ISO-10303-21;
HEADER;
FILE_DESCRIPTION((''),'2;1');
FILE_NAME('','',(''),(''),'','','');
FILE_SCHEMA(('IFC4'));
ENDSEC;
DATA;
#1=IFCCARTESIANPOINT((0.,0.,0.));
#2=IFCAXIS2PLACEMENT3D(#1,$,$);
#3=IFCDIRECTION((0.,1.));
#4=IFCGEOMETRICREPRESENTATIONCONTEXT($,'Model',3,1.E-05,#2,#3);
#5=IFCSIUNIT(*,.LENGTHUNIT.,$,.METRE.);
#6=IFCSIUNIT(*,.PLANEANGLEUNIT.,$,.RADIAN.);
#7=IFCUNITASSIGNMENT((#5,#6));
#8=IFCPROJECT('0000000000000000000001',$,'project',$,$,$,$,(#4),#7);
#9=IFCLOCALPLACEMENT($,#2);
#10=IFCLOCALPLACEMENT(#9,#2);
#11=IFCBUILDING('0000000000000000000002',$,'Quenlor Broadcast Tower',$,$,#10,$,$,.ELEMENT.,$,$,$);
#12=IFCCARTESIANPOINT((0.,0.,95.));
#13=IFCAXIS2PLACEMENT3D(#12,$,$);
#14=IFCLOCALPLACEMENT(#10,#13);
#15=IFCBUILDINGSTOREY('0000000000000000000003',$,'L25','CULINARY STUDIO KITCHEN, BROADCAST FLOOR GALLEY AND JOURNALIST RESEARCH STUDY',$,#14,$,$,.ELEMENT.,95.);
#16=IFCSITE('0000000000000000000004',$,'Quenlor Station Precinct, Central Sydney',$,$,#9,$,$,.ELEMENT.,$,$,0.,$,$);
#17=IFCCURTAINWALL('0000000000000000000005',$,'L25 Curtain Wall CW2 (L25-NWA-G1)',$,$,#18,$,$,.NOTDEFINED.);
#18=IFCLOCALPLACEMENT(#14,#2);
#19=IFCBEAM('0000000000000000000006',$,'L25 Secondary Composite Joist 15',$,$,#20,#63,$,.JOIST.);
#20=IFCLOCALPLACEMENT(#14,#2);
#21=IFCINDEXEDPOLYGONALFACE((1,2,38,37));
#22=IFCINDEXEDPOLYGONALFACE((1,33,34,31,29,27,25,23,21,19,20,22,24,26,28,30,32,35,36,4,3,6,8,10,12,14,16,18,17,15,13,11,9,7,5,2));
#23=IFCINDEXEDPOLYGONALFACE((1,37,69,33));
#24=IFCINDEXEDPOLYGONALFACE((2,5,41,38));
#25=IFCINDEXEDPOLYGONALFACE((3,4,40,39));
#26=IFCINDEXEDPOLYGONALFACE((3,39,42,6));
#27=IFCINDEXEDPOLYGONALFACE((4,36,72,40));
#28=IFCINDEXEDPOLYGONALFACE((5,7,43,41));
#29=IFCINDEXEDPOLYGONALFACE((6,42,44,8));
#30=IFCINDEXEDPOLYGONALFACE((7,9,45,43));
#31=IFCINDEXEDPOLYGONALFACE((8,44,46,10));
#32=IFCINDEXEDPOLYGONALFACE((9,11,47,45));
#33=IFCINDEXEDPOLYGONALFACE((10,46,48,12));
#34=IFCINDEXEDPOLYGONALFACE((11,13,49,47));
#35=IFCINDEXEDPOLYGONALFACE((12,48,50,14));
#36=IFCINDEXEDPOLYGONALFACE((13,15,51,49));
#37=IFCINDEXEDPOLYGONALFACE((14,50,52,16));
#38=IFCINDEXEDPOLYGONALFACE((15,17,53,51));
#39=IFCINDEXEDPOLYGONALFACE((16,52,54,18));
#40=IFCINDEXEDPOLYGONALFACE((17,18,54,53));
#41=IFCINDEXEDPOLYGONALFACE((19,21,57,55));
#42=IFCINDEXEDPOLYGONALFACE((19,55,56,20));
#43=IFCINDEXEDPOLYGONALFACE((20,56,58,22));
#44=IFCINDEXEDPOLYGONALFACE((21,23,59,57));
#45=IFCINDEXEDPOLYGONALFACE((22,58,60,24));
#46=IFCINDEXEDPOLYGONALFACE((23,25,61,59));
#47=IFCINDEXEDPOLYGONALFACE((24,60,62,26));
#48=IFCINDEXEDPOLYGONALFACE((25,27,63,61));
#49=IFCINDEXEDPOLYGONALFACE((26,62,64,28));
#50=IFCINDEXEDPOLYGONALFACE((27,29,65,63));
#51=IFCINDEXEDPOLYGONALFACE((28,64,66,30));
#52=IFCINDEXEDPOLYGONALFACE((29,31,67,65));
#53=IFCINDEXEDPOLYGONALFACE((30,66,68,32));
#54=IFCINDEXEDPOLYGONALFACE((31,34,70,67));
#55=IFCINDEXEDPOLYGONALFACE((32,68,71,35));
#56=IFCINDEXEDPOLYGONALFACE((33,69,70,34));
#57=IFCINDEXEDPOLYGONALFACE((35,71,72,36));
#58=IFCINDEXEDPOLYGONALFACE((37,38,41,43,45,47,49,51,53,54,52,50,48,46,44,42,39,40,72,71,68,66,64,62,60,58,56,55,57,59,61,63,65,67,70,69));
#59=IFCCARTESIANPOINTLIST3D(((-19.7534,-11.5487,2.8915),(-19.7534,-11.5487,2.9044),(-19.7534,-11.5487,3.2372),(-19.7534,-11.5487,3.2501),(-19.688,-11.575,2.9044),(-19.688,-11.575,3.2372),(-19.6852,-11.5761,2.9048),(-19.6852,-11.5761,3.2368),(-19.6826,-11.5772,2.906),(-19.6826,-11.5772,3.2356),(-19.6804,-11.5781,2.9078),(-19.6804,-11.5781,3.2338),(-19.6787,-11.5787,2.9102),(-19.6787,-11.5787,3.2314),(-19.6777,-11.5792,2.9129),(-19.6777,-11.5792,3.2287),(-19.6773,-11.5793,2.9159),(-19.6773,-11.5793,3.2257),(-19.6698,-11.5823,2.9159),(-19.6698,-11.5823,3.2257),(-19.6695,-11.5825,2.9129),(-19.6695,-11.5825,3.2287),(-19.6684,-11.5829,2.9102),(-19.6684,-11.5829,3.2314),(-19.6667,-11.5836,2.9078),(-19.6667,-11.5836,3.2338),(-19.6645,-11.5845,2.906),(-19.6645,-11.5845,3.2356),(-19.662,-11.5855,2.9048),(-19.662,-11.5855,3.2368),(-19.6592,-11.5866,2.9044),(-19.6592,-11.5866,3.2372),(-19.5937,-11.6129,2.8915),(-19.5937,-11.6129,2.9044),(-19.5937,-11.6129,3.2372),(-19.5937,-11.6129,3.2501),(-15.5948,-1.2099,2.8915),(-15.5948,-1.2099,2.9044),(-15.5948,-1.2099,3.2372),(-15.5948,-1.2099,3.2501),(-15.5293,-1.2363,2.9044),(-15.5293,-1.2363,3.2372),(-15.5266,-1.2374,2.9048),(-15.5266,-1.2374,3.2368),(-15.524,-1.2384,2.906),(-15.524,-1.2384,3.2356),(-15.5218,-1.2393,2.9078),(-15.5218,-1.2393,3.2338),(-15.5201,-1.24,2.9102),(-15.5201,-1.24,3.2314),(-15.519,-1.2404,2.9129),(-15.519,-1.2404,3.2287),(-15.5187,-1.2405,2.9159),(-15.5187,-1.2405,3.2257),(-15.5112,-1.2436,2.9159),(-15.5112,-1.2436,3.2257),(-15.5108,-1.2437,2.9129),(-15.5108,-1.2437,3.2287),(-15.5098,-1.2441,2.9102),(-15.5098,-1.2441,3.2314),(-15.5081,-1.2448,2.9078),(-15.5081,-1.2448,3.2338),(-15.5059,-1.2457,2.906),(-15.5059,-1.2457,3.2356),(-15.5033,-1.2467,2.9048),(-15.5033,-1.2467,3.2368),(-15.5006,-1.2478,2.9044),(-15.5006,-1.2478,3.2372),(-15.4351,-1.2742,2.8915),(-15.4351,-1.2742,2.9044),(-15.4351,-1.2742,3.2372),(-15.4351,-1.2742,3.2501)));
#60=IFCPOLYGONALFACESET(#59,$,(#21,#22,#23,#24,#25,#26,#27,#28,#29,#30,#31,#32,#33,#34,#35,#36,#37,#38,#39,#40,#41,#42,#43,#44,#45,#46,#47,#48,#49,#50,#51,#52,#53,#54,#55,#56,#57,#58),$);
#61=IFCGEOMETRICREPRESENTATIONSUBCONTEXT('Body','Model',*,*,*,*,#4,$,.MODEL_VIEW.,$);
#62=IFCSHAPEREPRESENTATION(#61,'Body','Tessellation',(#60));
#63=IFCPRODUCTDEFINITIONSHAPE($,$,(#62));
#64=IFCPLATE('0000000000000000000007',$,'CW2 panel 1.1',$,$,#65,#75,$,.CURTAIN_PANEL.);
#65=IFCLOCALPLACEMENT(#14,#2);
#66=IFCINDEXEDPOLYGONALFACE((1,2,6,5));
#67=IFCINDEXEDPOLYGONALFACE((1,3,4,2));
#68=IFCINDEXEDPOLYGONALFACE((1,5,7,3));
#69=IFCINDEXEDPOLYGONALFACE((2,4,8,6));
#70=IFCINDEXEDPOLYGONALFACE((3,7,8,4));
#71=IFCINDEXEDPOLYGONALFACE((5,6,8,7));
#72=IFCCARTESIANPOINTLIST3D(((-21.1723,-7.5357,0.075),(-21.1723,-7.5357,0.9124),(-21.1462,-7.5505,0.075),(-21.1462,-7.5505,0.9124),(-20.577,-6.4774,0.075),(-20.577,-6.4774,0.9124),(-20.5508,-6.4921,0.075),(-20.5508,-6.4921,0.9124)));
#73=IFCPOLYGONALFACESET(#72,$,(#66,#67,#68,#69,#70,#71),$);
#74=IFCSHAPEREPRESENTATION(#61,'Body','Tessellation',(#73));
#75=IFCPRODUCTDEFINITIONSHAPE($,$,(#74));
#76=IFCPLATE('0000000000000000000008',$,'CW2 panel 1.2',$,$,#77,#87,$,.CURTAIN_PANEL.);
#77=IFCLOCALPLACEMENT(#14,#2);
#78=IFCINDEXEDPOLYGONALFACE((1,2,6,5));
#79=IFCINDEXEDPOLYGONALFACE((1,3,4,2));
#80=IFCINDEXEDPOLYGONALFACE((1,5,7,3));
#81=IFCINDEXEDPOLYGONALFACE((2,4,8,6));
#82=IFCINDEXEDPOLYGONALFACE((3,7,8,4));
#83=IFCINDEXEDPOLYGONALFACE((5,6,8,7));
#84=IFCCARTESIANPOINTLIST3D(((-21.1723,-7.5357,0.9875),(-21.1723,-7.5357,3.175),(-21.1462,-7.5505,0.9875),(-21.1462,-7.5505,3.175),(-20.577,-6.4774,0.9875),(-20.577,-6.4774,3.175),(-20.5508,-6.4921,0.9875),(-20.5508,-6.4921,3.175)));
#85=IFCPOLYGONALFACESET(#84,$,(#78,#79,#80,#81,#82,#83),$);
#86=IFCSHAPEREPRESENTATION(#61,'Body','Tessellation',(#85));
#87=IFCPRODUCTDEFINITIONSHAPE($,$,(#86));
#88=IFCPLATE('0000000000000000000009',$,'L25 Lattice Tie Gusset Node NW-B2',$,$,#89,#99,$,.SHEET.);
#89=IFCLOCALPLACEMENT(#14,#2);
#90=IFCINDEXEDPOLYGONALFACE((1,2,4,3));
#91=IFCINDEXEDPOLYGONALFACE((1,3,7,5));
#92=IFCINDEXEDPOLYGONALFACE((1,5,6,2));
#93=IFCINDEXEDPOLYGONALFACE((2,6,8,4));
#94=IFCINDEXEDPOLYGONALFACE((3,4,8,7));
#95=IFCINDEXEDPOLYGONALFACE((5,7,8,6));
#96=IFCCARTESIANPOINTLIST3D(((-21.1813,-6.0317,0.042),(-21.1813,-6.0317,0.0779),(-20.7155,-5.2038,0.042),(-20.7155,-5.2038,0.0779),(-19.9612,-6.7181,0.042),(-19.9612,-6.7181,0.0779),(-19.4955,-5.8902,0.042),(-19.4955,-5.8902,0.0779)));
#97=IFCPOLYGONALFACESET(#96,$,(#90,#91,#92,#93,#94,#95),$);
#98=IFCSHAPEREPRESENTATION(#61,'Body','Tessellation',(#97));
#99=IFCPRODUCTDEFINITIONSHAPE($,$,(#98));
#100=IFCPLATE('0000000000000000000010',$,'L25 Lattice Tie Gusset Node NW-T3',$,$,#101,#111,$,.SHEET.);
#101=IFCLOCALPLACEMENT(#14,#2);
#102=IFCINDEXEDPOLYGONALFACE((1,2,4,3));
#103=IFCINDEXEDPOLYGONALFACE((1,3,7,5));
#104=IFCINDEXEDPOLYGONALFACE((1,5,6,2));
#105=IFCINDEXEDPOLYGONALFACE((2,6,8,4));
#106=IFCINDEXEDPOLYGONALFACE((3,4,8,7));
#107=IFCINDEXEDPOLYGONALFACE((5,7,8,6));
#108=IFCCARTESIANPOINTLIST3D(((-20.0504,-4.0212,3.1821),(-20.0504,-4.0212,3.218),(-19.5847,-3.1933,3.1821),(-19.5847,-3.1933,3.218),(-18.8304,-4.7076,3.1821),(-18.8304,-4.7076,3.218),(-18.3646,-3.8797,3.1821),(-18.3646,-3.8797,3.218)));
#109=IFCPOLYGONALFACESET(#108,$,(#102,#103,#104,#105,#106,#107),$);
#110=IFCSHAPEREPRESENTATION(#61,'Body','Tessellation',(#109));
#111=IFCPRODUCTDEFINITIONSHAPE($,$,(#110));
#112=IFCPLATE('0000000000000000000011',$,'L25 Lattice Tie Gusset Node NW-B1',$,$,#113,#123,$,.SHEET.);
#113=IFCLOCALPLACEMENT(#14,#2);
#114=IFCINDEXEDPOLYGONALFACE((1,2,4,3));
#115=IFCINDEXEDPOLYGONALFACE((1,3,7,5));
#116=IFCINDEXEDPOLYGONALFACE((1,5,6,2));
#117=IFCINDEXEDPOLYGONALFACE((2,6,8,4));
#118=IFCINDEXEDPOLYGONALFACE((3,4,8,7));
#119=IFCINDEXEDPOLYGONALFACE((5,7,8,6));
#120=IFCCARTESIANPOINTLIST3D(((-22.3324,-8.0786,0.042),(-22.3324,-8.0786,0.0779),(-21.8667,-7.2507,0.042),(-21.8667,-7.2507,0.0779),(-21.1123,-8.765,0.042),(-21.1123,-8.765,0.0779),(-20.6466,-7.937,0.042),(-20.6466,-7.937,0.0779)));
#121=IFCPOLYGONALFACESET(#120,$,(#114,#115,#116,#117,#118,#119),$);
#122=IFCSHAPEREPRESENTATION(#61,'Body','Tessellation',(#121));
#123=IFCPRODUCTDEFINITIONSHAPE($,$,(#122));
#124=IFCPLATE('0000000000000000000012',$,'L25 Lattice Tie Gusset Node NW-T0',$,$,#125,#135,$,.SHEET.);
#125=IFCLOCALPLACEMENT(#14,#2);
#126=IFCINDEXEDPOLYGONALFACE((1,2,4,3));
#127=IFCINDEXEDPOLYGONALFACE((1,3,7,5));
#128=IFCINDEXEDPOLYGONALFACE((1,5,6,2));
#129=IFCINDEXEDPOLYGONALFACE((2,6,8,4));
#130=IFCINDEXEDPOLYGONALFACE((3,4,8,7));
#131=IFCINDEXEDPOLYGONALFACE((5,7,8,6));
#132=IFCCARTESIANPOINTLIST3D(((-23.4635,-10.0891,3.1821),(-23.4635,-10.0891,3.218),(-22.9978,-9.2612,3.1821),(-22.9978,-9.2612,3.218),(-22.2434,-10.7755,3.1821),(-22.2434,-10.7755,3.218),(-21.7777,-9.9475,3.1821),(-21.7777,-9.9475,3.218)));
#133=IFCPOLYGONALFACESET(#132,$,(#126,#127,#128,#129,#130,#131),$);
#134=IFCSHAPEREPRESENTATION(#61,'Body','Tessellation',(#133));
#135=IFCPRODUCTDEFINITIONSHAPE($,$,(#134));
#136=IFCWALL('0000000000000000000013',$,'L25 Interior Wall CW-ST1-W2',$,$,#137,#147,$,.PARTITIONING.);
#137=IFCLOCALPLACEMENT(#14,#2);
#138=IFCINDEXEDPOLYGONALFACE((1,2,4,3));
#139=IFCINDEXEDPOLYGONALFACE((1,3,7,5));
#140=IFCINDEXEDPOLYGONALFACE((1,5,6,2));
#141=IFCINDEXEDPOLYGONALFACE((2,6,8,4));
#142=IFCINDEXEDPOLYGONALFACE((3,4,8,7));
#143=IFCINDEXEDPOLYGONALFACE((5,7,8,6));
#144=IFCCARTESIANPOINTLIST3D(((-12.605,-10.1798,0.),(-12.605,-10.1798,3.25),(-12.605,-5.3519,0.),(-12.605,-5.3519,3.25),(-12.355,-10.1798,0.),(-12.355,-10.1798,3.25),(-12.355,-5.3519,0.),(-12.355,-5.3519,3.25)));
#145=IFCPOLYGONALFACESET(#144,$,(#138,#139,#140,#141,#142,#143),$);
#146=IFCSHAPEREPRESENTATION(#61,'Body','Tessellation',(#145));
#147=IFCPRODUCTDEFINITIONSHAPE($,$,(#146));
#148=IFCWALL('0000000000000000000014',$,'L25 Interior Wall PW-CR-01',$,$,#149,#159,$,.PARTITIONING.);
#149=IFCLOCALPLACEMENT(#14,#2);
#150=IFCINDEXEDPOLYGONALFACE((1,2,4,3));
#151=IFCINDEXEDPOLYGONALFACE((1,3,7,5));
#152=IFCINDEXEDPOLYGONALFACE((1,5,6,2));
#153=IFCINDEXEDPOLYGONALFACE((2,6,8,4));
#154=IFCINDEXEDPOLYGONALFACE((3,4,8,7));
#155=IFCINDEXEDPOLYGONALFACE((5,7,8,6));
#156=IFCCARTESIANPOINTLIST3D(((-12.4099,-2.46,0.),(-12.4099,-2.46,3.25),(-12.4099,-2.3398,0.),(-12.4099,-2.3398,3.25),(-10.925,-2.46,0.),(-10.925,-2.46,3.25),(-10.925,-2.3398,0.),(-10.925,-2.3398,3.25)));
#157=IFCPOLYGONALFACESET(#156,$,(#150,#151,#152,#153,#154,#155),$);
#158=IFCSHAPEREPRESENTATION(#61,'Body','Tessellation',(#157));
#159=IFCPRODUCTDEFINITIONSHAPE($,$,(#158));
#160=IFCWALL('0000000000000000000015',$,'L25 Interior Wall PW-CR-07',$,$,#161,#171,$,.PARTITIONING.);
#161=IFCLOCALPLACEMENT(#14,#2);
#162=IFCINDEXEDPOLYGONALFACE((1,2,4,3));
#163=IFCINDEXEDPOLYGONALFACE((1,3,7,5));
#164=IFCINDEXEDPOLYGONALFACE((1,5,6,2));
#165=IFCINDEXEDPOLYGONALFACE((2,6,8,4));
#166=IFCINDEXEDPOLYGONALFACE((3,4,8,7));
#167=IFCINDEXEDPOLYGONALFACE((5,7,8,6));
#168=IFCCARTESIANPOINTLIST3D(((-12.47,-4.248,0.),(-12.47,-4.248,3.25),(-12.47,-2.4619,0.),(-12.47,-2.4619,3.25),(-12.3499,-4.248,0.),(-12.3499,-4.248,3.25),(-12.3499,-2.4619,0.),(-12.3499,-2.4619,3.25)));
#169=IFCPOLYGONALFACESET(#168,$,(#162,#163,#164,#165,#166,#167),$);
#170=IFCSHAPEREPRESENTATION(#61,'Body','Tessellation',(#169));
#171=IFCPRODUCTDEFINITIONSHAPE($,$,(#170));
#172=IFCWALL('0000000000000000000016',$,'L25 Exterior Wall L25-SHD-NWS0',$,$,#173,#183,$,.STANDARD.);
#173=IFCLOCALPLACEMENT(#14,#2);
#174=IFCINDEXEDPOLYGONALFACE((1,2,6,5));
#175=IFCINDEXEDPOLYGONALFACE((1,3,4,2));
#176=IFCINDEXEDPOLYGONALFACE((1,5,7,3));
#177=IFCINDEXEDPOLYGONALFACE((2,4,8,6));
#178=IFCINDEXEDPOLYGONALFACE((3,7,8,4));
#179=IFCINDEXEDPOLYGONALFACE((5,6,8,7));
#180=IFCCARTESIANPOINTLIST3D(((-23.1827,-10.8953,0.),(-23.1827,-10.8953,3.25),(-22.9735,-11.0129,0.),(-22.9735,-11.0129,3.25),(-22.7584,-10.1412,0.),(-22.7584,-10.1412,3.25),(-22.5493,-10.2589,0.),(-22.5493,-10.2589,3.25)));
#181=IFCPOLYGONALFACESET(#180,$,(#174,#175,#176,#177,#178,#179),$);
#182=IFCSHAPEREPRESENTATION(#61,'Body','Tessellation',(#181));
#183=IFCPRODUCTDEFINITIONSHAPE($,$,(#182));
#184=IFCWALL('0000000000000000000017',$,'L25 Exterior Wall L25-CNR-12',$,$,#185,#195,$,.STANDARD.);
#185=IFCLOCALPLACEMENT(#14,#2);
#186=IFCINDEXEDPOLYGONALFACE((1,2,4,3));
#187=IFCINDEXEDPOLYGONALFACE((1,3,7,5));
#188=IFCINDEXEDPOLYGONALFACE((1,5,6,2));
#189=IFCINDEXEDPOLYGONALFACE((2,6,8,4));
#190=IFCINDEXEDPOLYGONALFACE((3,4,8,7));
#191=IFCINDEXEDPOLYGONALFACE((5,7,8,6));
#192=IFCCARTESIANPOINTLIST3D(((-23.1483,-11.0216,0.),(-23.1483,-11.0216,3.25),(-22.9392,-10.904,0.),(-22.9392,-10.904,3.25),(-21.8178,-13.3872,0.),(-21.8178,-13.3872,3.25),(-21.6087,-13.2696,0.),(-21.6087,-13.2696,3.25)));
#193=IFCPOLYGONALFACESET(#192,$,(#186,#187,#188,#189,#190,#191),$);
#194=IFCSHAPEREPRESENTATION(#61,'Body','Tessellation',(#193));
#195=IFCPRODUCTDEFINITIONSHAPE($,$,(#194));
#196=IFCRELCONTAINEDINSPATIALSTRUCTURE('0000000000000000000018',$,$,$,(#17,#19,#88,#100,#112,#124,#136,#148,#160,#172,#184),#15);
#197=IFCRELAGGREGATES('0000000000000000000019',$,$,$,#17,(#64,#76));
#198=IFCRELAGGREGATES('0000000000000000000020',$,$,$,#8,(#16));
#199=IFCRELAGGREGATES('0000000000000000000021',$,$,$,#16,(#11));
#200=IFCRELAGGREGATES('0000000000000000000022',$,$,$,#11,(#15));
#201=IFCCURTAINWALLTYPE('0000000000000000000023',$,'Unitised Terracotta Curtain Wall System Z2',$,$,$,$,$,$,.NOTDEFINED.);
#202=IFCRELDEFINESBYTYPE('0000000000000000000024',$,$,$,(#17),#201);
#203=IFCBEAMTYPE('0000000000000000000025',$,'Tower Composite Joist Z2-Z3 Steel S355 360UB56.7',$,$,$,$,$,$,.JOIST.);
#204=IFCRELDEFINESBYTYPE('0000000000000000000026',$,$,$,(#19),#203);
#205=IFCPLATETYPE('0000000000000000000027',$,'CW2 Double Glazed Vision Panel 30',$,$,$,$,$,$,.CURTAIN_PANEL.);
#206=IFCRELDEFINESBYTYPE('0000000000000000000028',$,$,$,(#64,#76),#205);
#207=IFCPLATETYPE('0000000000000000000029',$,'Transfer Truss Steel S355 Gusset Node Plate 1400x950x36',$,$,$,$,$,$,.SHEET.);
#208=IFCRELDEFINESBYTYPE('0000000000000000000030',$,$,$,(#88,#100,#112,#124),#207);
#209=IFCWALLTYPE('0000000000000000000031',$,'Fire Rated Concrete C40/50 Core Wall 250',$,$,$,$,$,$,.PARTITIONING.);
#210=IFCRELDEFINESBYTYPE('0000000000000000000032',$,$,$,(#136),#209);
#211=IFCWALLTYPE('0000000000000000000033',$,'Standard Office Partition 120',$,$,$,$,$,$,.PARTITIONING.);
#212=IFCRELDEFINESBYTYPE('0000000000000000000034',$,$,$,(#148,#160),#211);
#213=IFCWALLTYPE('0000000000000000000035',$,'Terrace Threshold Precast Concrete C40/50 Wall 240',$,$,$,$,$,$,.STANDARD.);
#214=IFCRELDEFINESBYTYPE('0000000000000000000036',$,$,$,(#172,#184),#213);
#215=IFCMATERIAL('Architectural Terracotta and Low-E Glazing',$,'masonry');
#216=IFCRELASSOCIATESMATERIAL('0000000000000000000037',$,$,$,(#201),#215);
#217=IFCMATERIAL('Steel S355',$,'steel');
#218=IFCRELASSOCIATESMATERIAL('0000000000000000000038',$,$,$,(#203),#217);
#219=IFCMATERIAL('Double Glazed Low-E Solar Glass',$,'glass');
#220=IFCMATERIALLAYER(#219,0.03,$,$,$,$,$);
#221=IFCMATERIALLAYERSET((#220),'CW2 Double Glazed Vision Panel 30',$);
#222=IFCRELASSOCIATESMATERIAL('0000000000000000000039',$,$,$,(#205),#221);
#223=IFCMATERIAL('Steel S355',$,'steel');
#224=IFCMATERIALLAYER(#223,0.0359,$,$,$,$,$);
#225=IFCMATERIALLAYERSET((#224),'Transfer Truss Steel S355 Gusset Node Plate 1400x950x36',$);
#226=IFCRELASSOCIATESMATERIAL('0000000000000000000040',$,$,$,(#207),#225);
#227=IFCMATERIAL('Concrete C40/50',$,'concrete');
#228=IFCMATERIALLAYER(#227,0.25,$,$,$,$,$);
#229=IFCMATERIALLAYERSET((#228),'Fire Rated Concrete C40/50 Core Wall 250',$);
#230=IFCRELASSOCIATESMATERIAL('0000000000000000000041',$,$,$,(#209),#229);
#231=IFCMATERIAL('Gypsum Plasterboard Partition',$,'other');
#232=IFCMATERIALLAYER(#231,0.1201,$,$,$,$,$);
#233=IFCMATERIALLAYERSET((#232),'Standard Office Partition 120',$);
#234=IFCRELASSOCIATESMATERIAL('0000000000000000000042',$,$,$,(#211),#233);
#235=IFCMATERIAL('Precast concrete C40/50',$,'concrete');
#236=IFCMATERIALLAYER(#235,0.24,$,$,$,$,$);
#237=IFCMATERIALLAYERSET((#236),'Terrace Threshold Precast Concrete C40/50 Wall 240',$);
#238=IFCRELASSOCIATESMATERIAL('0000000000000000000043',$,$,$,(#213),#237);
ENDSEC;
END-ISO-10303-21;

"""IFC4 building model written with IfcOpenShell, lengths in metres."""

from ifc_helpers import new_model, si_unit, direction, frame, frame_2d, origin, origin_2d, place, context, subcontext, project, spatial, rectangle, i_section, extrude, material, layer, layer_set, material_profile, profile_set, type_object, element, aggregate, save


model = new_model("IFC4")

# Units and contexts
model_context = context("Model", 3, precision=1e-05, world=origin(), true_north=direction((0.0, 1.0)))
body_context = subcontext(model_context, "Body", "Model", "MODEL_VIEW")
ifc_project = project(units=[si_unit("LENGTHUNIT", "METRE"), si_unit("PLANEANGLEUNIT", "RADIAN")], contexts=[model_context])

# Site, building, storey
site_placement = place(None, origin())
site = spatial("IfcSite", under=ifc_project, at=site_placement, Name="Quenlor Station Precinct, Central Sydney", CompositionType="ELEMENT", RefElevation=0.0)
building_placement = place(site_placement, origin())
building = spatial("IfcBuilding", under=site, at=building_placement, Name="Quenlor Broadcast Tower", CompositionType="ELEMENT")
storey_placement = place(building_placement, frame((0.0, 0.0, 95.0)))
storey = spatial("IfcBuildingStorey", under=building, at=storey_placement, Name="L25", Description="CULINARY STUDIO KITCHEN, BROADCAST FLOOR GALLEY AND JOURNALIST RESEARCH STUDY", CompositionType="ELEMENT", Elevation=95.0)

# Curtain wall
ifc_material_1 = material(Name="Architectural Terracotta and Low-E Glazing", Category="masonry")
curtain_wall_type = type_object("IfcCurtainWallType", Name="Unitised Terracotta Curtain Wall System Z2", PredefinedType="NOTDEFINED", material=ifc_material_1)
curtain_wall_placement = place(storey_placement, origin())
curtain_wall = element("IfcCurtainWall", 1, at=curtain_wall_placement, inside=storey, type_object=curtain_wall_type, Name="L25 Curtain Wall CW2 (L25-NWA-G1)", PredefinedType="NOTDEFINED")

# Beam
ifc_material_2 = material(Name="Steel S355", Category="steel")
ifc_material_profile_1 = material_profile(ifc_material_2, i_section(OverallWidth=0.1721, OverallDepth=0.3586, WebThickness=0.0081, FlangeThickness=0.0129, FilletRadius=0.0115, at=origin_2d()))
ifc_profile_set_1 = profile_set([ifc_material_profile_1], Name="Steel S355 360UB56.7")
beam_type_1 = type_object("IfcBeamType", Name="Tower Composite Joist Z2-Z3 Steel S355 360UB56.7", PredefinedType="JOIST", material=ifc_profile_set_1)
beam_1_placement = place(storey_placement, frame((-19.6736, -11.5808, 3.0708), z_axis=(0.37318, 0.927759, 0.0), x_axis=(-0.927759, 0.37318, 0.0)))
element("IfcBeam", 2, at=beam_1_placement, inside=storey, type_object=beam_type_1, Name="L25 Secondary Composite Joist 15", PredefinedType="JOIST", context=body_context, shape_type="SweptSolid", body=[
    extrude(i_section(OverallWidth=0.1721, OverallDepth=0.3586, WebThickness=0.0081, FlangeThickness=0.0129, FilletRadius=0.0115, at=origin_2d()), origin(), (0.0, 0.0, 1.0), 11.1438),
])

# Plates
ifc_material_3 = material(Name="Double Glazed Low-E Solar Glass", Category="glass")
ifc_layer_1 = layer(ifc_material_3, 0.03)
ifc_layer_set_1 = layer_set([ifc_layer_1], Name="CW2 Double Glazed Vision Panel 30")
plate_type_1 = type_object("IfcPlateType", Name="CW2 Double Glazed Vision Panel 30", PredefinedType="CURTAIN_PANEL", material=ifc_layer_set_1)
plate_1_placement = place(storey_placement, frame((-20.8616, -7.0139, 0.075), z_axis=(0.0, 0.0, 1.0), x_axis=(0.490279, 0.871566, 0.0)))
plate_1 = element("IfcPlate", 3, at=plate_1_placement, type_object=plate_type_1, Name="CW2 panel 1.1", PredefinedType="CURTAIN_PANEL", context=body_context, shape_type="SweptSolid", body=[
    extrude(rectangle(XDim=1.2144, YDim=0.03, at=origin_2d()), origin(), (0.0, 0.0, 1.0), 0.8374),
])
plate_2_placement = place(storey_placement, frame((-20.8616, -7.0139, 0.9875), z_axis=(0.0, 0.0, 1.0), x_axis=(0.490279, 0.871566, 0.0)))
plate_2 = element("IfcPlate", 4, at=plate_2_placement, type_object=plate_type_1, Name="CW2 panel 1.2", PredefinedType="CURTAIN_PANEL", context=body_context, shape_type="SweptSolid", body=[
    extrude(rectangle(XDim=1.2144, YDim=0.03, at=origin_2d()), origin(), (0.0, 0.0, 1.0), 2.1875),
])
aggregate(curtain_wall, [plate_1, plate_2])

# Plates
ifc_material_4 = material(Name="Steel S355", Category="steel")
ifc_layer_2 = layer(ifc_material_4, 0.0359)
ifc_layer_set_2 = layer_set([ifc_layer_2], Name="Transfer Truss Steel S355 Gusset Node Plate 1400x950x36")
plate_type_2 = type_object("IfcPlateType", Name="Transfer Truss Steel S355 Gusset Node Plate 1400x950x36", PredefinedType="SHEET", material=ifc_layer_set_2)
for number, where, z_axis, x_axis, name in (
    (5, (-20.3384, -5.9609, 0.042), (0.0, 0.0, 1.0), (-0.871556, 0.490295, 0.0), "L25 Lattice Tie Gusset Node NW-B2"),
    (6, (-19.2075, -3.9504, 3.1821), (0.0, 0.0, 1.0), (-0.871556, 0.490295, 0.0), "L25 Lattice Tie Gusset Node NW-T3"),
    (7, (-21.4895, -8.0078, 0.042), (0.0, 0.0, 1.0), (-0.871556, 0.490295, 0.0), "L25 Lattice Tie Gusset Node NW-B1"),
    (8, (-22.6206, -10.0183, 3.1821), (0.0, 0.0, 1.0), (-0.871556, 0.490295, 0.0), "L25 Lattice Tie Gusset Node NW-T0"),
):
    element("IfcPlate", number, at=place(storey_placement, frame(where, z_axis=z_axis, x_axis=x_axis)), inside=storey, type_object=plate_type_2, Name=name, PredefinedType="SHEET", context=body_context, shape_type="SweptSolid", body=[
        extrude(rectangle(XDim=1.3999, YDim=0.95, at=origin_2d()), origin(), (0.0, 0.0, 1.0), 0.0359),
    ])

# Walls
ifc_material_5 = material(Name="Concrete C40/50", Category="concrete")
ifc_layer_3 = layer(ifc_material_5, 0.25)
ifc_layer_set_3 = layer_set([ifc_layer_3], Name="Fire Rated Concrete C40/50 Core Wall 250")
wall_type_1 = type_object("IfcWallType", Name="Fire Rated Concrete C40/50 Core Wall 250", PredefinedType="PARTITIONING", material=ifc_layer_set_3)
wall_1_placement = place(storey_placement, frame((-12.48, -10.1799, 0.0), z_axis=(0.0, 0.0, 1.0), x_axis=(0.0, 1.0, 0.0)))
element("IfcWall", 9, at=wall_1_placement, inside=storey, type_object=wall_type_1, Name="L25 Interior Wall CW-ST1-W2", PredefinedType="PARTITIONING", context=body_context, shape_type="SweptSolid", body=[
    extrude(rectangle(XDim=4.8279, YDim=0.25, at=frame_2d((2.4141, 0.0))), origin(), (0.0, 0.0, 1.0), 3.25),
])
ifc_material_6 = material(Name="Gypsum Plasterboard Partition", Category="other")
ifc_layer_4 = layer(ifc_material_6, 0.1201)
ifc_layer_set_4 = layer_set([ifc_layer_4], Name="Standard Office Partition 120")
wall_type_2 = type_object("IfcWallType", Name="Standard Office Partition 120", PredefinedType="PARTITIONING", material=ifc_layer_set_4)
wall_2_placement = place(storey_placement, frame((-12.4099, -2.3999, 0.0), z_axis=(0.0, 0.0, 1.0), x_axis=(1.0, 0.0, 0.0)))
element("IfcWall", 10, at=wall_2_placement, inside=storey, type_object=wall_type_2, Name="L25 Interior Wall PW-CR-01", PredefinedType="PARTITIONING", context=body_context, shape_type="SweptSolid", body=[
    extrude(rectangle(XDim=1.4849, YDim=0.1201, at=frame_2d((0.7424, 0.0))), origin(), (0.0, 0.0, 1.0), 3.25),
])
wall_3_placement = place(storey_placement, frame((-12.4099, -4.248, 0.0), z_axis=(0.0, 0.0, 1.0), x_axis=(0.0, 1.0, 0.0)))
element("IfcWall", 11, at=wall_3_placement, inside=storey, type_object=wall_type_2, Name="L25 Interior Wall PW-CR-07", PredefinedType="PARTITIONING", context=body_context, shape_type="SweptSolid", body=[
    extrude(rectangle(XDim=1.7861, YDim=0.1201, at=frame_2d((0.8931, 0.0))), origin(), (0.0, 0.0, 1.0), 3.25),
])
ifc_material_7 = material(Name="Precast concrete C40/50", Category="concrete")
ifc_layer_5 = layer(ifc_material_7, 0.24)
ifc_layer_set_5 = layer_set([ifc_layer_5], Name="Terrace Threshold Precast Concrete C40/50 Wall 240")
wall_type_3 = type_object("IfcWallType", Name="Terrace Threshold Precast Concrete C40/50 Wall 240", PredefinedType="STANDARD", material=ifc_layer_set_5)
wall_4_placement = place(storey_placement, frame((-23.0781, -10.9541, 0.0), z_axis=(0.0, 0.0, 1.0), x_axis=(0.490355, 0.871523, 0.0)))
element("IfcWall", 12, at=wall_4_placement, inside=storey, type_object=wall_type_3, Name="L25 Exterior Wall L25-SHD-NWS0", PredefinedType="STANDARD", context=body_context, shape_type="SweptSolid", body=[
    extrude(rectangle(XDim=0.8652, YDim=0.24, at=frame_2d((0.4326, 0.0))), origin(), (0.0, 0.0, 1.0), 3.25),
])
wall_5_placement = place(storey_placement, frame((-23.0437, -10.9629, 0.0), z_axis=(0.0, 0.0, 1.0), x_axis=(0.490219, -0.8716, 0.0)))
element("IfcWall", 13, at=wall_5_placement, inside=storey, type_object=wall_type_3, Name="L25 Exterior Wall L25-CNR-12", PredefinedType="STANDARD", context=body_context, shape_type="SweptSolid", body=[
    extrude(rectangle(XDim=2.7141, YDim=0.24, at=frame_2d((1.3569, 0.0))), origin(), (0.0, 0.0, 1.0), 3.25),
])

save(model, "model.ifc")
